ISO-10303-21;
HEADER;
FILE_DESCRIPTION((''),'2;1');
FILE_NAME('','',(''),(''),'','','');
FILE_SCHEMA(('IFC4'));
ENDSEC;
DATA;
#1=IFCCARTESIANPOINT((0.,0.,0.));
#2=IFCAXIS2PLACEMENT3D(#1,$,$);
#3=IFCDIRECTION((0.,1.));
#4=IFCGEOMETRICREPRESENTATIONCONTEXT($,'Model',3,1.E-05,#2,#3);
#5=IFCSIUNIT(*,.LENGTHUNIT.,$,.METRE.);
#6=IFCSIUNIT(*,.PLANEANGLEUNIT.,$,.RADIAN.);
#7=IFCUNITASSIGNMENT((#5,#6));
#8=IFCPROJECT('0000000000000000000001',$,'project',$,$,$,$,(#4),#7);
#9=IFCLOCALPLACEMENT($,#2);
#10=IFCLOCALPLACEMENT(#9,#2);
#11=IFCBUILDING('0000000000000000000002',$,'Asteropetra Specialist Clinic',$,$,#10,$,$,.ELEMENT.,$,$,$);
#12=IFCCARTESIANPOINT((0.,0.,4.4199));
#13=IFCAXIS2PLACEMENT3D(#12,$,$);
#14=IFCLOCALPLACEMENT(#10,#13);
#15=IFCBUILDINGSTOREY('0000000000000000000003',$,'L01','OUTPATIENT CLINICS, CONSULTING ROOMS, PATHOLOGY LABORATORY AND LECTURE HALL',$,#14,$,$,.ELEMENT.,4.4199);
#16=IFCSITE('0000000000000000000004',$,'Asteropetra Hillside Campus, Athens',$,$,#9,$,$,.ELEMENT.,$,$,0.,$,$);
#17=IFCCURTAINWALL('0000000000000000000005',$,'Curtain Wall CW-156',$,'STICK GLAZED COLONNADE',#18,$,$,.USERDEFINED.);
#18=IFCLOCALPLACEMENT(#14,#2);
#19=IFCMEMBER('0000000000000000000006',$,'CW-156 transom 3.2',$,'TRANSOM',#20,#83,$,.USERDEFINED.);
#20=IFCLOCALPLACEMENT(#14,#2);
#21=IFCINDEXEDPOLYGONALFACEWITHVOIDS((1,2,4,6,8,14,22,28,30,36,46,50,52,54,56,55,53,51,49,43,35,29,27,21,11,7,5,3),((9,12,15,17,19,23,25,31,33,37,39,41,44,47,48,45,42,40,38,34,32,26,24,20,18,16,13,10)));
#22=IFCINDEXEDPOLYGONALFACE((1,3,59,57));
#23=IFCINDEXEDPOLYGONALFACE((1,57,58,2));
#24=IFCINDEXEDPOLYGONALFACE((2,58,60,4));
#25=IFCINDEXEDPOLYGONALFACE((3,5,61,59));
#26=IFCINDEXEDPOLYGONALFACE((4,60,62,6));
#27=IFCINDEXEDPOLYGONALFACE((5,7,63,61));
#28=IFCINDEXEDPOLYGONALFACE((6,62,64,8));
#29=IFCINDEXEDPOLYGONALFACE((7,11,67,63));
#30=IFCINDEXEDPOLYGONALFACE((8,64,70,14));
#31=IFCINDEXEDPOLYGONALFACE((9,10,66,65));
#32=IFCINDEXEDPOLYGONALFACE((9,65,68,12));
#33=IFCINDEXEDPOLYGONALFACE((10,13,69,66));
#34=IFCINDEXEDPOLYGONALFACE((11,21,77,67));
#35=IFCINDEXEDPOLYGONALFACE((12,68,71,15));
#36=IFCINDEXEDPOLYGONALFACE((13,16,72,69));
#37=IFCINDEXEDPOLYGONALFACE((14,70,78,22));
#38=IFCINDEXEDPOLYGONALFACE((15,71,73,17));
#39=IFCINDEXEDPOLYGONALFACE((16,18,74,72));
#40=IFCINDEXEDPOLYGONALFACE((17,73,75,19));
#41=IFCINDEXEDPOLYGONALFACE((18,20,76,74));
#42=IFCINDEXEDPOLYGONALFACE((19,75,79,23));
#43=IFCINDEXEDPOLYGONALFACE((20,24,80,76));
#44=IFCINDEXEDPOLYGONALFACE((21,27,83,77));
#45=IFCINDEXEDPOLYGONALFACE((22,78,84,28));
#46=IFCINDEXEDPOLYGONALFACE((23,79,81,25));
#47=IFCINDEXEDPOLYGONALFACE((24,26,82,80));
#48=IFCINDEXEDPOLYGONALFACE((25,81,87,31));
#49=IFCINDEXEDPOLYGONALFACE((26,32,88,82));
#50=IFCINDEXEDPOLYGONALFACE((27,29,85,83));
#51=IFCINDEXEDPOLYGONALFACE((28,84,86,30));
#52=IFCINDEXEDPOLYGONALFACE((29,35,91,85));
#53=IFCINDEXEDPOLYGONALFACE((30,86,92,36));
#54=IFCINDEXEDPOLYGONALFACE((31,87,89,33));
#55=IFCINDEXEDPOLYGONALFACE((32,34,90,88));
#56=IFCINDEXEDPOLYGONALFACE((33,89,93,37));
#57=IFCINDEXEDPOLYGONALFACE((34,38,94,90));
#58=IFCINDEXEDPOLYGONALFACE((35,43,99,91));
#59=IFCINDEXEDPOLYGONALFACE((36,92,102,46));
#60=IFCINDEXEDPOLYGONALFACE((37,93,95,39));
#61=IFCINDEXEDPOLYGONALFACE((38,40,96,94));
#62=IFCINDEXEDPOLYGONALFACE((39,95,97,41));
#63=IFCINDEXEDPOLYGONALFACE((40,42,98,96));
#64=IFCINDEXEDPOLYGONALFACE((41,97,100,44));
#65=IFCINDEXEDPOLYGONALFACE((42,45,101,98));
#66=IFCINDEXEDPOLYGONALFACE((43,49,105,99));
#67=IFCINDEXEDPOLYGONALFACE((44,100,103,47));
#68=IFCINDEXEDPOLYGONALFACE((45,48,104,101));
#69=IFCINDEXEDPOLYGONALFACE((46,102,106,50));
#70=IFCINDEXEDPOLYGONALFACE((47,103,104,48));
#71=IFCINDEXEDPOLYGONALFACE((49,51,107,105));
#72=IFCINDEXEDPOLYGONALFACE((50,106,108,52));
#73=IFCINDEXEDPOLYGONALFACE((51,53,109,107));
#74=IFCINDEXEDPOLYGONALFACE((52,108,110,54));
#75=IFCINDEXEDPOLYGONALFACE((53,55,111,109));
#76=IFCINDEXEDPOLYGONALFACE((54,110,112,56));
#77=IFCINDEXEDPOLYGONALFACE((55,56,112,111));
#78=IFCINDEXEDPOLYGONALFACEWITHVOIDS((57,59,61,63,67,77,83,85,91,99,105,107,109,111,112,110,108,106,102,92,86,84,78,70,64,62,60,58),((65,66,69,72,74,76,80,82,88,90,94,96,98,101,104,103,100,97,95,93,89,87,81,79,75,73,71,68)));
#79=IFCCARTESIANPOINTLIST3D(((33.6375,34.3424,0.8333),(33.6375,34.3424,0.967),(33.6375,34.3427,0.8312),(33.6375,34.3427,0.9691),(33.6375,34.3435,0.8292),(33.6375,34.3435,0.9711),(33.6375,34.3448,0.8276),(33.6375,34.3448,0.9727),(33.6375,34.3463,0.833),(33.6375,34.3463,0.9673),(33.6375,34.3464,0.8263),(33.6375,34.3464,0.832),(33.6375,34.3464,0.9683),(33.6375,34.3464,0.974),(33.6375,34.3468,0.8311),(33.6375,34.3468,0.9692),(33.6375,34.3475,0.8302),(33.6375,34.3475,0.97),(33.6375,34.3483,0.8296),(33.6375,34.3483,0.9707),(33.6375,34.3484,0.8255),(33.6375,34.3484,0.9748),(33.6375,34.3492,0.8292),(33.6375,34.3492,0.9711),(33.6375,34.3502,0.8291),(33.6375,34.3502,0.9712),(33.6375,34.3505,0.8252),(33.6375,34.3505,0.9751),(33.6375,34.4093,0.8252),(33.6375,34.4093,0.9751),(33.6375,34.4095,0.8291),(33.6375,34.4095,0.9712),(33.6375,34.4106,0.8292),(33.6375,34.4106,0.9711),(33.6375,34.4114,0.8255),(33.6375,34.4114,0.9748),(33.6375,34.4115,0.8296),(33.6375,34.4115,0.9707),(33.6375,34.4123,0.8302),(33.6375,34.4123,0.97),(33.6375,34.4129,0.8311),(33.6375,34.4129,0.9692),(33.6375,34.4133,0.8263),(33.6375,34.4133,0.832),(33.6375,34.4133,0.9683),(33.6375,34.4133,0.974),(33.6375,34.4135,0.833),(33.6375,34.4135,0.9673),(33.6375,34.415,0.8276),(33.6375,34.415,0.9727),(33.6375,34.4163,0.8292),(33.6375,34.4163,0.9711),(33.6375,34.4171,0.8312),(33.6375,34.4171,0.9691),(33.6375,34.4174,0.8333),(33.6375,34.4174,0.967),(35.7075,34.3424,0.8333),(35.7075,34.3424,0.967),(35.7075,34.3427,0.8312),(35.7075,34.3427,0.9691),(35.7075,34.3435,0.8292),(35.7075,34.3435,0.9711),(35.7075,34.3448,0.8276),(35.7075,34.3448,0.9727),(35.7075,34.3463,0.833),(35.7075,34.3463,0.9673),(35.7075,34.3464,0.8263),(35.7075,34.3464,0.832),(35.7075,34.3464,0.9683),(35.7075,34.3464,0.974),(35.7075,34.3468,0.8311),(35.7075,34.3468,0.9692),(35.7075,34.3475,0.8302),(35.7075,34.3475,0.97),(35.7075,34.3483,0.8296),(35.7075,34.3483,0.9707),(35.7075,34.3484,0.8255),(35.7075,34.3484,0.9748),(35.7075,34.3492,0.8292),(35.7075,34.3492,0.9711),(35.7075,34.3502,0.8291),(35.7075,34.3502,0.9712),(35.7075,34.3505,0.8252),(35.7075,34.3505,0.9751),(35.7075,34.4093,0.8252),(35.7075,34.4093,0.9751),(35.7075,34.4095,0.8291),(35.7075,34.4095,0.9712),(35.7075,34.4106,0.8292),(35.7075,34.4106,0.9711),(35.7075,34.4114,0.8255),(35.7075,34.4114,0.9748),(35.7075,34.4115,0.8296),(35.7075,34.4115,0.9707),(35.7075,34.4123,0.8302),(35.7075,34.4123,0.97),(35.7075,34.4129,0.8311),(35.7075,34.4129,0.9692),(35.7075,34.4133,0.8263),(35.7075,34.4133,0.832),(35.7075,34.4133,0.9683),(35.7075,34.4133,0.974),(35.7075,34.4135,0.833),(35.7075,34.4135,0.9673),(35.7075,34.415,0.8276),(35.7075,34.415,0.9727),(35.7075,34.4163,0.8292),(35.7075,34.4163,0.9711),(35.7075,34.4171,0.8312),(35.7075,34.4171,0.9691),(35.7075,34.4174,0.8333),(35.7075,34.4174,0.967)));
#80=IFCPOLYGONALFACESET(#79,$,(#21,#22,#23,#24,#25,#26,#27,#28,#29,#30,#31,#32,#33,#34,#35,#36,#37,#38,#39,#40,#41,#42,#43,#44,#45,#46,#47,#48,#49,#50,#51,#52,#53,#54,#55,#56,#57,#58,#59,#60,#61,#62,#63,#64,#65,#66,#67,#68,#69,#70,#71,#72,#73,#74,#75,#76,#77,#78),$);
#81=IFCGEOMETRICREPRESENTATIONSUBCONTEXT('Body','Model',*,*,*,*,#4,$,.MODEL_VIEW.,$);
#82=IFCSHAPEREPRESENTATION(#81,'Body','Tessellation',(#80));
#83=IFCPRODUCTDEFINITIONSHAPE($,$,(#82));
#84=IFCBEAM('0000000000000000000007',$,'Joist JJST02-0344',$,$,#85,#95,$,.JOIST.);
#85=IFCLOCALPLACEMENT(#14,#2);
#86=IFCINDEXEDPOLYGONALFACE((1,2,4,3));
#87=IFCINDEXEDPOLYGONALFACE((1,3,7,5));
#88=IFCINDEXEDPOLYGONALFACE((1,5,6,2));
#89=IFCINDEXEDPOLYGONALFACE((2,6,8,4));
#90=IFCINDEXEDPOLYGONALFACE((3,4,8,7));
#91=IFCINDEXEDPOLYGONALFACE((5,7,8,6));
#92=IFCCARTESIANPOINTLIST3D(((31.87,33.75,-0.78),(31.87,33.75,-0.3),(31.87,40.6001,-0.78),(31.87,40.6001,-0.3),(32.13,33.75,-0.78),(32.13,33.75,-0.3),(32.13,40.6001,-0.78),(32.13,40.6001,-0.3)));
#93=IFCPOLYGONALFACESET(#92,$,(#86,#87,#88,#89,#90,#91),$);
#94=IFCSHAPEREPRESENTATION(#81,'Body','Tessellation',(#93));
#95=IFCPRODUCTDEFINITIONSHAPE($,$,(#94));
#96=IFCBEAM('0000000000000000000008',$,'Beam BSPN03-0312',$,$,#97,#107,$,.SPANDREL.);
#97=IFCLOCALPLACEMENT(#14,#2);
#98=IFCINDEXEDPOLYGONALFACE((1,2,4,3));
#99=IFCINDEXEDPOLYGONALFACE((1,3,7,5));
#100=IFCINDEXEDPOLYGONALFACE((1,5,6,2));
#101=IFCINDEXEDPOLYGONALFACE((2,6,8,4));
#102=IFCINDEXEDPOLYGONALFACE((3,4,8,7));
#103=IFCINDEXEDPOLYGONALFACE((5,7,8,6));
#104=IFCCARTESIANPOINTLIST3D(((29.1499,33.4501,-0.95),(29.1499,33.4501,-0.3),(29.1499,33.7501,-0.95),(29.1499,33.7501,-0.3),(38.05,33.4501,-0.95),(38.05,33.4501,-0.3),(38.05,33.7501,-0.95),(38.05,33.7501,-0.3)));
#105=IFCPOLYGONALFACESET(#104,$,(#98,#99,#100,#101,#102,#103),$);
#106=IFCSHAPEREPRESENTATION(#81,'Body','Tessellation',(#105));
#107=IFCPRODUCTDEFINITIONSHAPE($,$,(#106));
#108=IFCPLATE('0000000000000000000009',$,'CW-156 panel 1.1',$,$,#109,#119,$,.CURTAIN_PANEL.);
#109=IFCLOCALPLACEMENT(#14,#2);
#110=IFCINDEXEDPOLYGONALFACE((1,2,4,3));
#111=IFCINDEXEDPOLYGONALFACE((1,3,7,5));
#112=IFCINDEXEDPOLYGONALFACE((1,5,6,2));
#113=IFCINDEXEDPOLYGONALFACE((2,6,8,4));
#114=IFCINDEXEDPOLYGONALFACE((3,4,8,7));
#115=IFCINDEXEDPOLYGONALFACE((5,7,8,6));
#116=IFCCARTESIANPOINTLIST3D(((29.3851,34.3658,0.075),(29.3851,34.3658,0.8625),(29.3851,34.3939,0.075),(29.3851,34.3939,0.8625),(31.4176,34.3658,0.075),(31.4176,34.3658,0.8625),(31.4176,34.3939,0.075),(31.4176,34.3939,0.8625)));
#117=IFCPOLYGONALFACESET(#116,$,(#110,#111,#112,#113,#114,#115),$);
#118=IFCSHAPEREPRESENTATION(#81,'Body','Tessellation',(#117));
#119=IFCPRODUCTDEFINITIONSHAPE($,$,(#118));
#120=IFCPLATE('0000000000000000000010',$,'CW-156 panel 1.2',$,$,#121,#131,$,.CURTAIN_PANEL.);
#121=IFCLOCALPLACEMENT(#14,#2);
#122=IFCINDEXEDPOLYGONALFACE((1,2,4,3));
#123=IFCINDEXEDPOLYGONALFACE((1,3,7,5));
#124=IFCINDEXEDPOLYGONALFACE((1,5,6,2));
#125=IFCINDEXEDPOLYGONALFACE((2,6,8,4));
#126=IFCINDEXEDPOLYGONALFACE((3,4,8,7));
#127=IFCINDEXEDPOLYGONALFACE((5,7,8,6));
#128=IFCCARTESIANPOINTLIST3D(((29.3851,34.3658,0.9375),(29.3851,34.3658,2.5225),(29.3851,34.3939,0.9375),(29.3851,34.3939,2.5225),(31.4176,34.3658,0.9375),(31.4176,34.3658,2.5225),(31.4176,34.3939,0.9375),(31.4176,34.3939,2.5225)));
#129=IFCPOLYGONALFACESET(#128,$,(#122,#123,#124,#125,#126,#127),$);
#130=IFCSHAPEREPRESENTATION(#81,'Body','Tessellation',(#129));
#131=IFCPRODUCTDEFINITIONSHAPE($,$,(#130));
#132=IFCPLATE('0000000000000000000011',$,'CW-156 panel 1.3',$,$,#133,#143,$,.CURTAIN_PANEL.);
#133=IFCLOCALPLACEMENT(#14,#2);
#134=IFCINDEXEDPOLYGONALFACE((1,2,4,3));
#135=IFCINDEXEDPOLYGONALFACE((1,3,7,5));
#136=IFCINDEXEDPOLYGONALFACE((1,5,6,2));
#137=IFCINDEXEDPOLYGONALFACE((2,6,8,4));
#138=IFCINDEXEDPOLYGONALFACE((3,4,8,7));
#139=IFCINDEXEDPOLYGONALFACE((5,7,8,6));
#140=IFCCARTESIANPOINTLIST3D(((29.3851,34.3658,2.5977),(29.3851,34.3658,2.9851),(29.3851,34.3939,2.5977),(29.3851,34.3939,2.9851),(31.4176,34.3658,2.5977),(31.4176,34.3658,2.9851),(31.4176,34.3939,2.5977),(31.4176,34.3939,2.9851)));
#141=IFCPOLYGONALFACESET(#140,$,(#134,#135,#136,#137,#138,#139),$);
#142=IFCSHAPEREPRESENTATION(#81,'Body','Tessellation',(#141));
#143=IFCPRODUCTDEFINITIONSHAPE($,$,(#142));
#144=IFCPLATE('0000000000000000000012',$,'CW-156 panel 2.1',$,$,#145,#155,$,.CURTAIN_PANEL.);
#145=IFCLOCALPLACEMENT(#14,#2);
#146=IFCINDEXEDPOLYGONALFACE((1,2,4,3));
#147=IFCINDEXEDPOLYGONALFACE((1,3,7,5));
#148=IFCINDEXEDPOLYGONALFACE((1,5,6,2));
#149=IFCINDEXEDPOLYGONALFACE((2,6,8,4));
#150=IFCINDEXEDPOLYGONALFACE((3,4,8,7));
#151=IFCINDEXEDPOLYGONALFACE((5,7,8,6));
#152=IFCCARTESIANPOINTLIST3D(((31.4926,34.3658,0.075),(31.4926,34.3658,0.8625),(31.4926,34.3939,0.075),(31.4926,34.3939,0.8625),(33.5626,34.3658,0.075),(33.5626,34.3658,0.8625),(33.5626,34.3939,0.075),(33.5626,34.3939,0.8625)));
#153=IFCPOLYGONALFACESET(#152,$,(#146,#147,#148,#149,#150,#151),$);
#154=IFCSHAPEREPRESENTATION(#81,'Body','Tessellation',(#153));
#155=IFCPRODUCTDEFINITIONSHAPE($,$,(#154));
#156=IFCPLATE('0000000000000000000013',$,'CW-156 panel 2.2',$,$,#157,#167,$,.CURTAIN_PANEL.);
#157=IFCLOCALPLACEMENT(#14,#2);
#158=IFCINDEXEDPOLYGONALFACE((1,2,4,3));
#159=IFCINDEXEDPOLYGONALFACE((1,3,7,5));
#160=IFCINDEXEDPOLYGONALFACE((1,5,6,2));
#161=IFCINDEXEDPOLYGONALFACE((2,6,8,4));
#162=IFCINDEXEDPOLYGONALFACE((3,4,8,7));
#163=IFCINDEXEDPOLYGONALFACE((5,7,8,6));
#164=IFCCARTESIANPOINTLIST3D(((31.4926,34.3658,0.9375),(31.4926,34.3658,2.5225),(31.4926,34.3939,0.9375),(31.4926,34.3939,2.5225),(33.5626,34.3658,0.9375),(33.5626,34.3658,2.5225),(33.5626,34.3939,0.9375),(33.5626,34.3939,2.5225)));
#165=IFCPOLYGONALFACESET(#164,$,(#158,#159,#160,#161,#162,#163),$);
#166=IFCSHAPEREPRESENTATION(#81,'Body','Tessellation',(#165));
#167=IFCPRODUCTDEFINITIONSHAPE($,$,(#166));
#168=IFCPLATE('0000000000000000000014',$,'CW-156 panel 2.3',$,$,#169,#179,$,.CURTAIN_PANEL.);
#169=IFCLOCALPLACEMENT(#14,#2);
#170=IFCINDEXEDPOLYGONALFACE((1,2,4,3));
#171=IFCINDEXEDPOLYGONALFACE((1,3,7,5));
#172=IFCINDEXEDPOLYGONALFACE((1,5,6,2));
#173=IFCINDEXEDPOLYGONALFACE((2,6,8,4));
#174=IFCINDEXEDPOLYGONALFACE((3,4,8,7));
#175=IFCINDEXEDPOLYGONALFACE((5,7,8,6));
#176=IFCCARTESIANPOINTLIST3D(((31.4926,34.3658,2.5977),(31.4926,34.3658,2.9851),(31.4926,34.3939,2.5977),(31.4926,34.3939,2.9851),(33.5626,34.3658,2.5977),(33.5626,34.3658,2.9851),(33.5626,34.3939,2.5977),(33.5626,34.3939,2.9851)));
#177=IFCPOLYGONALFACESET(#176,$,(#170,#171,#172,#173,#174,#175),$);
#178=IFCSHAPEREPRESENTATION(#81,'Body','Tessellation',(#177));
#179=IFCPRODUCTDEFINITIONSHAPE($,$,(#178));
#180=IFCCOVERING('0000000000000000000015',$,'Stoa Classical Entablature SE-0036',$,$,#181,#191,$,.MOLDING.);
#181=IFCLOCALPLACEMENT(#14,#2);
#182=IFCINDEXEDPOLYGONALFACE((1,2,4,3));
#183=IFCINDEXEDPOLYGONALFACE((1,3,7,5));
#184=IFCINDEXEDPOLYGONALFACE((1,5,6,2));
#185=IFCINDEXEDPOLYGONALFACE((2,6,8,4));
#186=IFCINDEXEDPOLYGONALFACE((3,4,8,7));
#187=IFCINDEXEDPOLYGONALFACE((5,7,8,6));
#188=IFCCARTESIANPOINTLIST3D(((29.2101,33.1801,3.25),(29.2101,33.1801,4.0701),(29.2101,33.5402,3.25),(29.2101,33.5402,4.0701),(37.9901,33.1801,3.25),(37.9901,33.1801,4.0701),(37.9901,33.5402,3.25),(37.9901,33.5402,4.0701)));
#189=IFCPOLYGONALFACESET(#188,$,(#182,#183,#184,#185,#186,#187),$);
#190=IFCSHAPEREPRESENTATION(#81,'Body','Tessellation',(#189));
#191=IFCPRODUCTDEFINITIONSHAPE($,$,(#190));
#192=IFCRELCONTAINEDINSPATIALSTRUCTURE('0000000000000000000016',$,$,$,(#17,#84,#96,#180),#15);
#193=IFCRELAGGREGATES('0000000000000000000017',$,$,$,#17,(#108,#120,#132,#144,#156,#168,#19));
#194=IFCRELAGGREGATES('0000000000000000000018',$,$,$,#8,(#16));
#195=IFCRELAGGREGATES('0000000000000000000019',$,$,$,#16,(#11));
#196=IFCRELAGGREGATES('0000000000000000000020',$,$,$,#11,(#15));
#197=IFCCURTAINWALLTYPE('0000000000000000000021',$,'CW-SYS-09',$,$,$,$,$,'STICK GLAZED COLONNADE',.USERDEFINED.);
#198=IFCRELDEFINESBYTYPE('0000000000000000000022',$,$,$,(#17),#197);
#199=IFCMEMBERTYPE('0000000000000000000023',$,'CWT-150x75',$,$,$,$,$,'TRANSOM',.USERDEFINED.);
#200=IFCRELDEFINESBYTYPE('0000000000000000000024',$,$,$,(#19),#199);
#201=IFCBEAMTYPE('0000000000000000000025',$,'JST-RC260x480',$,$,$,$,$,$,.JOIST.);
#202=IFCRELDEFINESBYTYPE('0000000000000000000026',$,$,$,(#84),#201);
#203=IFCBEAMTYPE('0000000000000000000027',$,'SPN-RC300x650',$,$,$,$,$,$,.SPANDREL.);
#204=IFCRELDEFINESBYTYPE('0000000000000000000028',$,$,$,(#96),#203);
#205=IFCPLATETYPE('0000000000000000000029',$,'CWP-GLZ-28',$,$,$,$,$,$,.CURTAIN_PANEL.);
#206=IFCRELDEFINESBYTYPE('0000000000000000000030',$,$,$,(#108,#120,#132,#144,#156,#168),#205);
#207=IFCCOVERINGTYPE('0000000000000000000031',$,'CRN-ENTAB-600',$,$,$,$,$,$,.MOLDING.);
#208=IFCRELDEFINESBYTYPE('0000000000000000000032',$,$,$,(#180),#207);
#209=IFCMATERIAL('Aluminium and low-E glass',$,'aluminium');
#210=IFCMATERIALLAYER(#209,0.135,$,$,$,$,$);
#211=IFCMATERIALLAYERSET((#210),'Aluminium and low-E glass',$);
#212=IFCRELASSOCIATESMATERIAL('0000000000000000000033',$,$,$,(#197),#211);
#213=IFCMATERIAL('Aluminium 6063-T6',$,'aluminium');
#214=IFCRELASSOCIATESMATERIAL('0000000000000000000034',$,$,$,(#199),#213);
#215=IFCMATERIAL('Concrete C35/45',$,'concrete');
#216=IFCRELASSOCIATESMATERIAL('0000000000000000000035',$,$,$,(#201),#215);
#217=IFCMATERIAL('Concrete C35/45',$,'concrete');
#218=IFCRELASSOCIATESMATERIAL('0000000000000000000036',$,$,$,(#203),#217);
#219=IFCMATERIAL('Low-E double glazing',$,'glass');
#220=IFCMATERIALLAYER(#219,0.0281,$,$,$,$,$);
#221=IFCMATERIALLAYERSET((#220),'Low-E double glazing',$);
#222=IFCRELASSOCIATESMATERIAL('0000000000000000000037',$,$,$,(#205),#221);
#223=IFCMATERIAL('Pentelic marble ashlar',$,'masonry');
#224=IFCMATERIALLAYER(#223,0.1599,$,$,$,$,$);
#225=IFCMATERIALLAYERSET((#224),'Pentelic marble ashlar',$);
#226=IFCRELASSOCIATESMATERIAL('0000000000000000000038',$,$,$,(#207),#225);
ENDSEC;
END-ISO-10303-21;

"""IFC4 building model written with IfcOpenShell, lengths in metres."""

from ifc_helpers import new_model, si_unit, direction, frame, origin, origin_2d, place, context, subcontext, project, spatial, rectangle, hollow_rectangle, extrude, material, layer, layer_set, material_profile, profile_set, type_object, element, aggregate, save


model = new_model("IFC4")

# Units and contexts
model_context = context("Model", 3, precision=1e-05, world=origin(), true_north=direction((0.0, 1.0)))
body_context = subcontext(model_context, "Body", "Model", "MODEL_VIEW")
ifc_project = project(units=[si_unit("LENGTHUNIT", "METRE"), si_unit("PLANEANGLEUNIT", "RADIAN")], contexts=[model_context])

# Site, building, storey
site_placement = place(None, origin())
site = spatial("IfcSite", under=ifc_project, at=site_placement, Name="Asteropetra Hillside Campus, Athens", CompositionType="ELEMENT", RefElevation=0.0)
building_placement = place(site_placement, origin())
building = spatial("IfcBuilding", under=site, at=building_placement, Name="Asteropetra Specialist Clinic", CompositionType="ELEMENT")
storey_placement = place(building_placement, frame((0.0, 0.0, 4.4199)))
storey = spatial("IfcBuildingStorey", under=building, at=storey_placement, Name="L01", Description="OUTPATIENT CLINICS, CONSULTING ROOMS, PATHOLOGY LABORATORY AND LECTURE HALL", CompositionType="ELEMENT", Elevation=4.4199)

# Curtain wall, member
ifc_material_1 = material(Name="Aluminium and low-E glass", Category="aluminium")
ifc_layer_1 = layer(ifc_material_1, 0.135)
ifc_layer_set_1 = layer_set([ifc_layer_1], Name="Aluminium and low-E glass")
curtain_wall_type = type_object("IfcCurtainWallType", Name="CW-SYS-09", ElementType="STICK GLAZED COLONNADE", PredefinedType="USERDEFINED", material=ifc_layer_set_1)
curtain_wall_placement = place(storey_placement, origin())
curtain_wall = element("IfcCurtainWall", 1, at=curtain_wall_placement, inside=storey, type_object=curtain_wall_type, Name="Curtain Wall CW-156", ObjectType="STICK GLAZED COLONNADE", PredefinedType="USERDEFINED")
ifc_material_2 = material(Name="Aluminium 6063-T6", Category="aluminium")
ifc_material_profile_1 = material_profile(ifc_material_2, hollow_rectangle(XDim=0.075, YDim=0.1499, WallThickness=0.0039, InnerFilletRadius=0.0039, OuterFilletRadius=0.0081, at=origin_2d()), Name="TRN 150x75x4.0")
ifc_profile_set_1 = profile_set([ifc_material_profile_1], Name="Aluminium 6063-T6")
member_type_1 = type_object("IfcMemberType", Name="CWT-150x75", ElementType="TRANSOM", PredefinedType="USERDEFINED", material=ifc_profile_set_1)
member_1_placement = place(storey_placement, frame((33.6375, 34.3799, 0.9001), z_axis=(1.0, 0.0, 0.0), x_axis=(0.0, 1.0, 0.0)))
member_1 = element("IfcMember", 2, at=member_1_placement, type_object=member_type_1, Name="CW-156 transom 3.2", ObjectType="TRANSOM", PredefinedType="USERDEFINED", context=body_context, shape_type="SweptSolid", body=[
    extrude(hollow_rectangle(XDim=0.075, YDim=0.1499, WallThickness=0.0039, InnerFilletRadius=0.0039, OuterFilletRadius=0.0081, at=origin_2d()), origin(), (0.0, 0.0, 1.0), 2.0701),
])

# Beams
ifc_material_3 = material(Name="Concrete C35/45", Category="concrete")
ifc_material_profile_2 = material_profile(ifc_material_3, rectangle(XDim=0.26, YDim=0.48, at=origin_2d()), Name="RCJ 260x480")
ifc_profile_set_2 = profile_set([ifc_material_profile_2], Name="Concrete C35/45")
beam_type_1 = type_object("IfcBeamType", Name="JST-RC260x480", PredefinedType="JOIST", material=ifc_profile_set_2)
beam_1_placement = place(storey_placement, frame((32.0, 33.75, -0.54), z_axis=(0.0, 1.0, 0.0), x_axis=(-1.0, 0.0, 0.0)))
element("IfcBeam", 3, at=beam_1_placement, inside=storey, type_object=beam_type_1, Name="Joist JJST02-0344", PredefinedType="JOIST", context=body_context, shape_type="SweptSolid", body=[
    extrude(rectangle(XDim=0.26, YDim=0.48, at=origin_2d()), origin(), (0.0, 0.0, 1.0), 6.8501),
])
ifc_material_4 = material(Name="Concrete C35/45", Category="concrete")
ifc_material_profile_3 = material_profile(ifc_material_4, rectangle(XDim=0.3, YDim=0.6499, at=origin_2d()), Name="RCS 300x650")
ifc_profile_set_3 = profile_set([ifc_material_profile_3], Name="Concrete C35/45")
beam_type_2 = type_object("IfcBeamType", Name="SPN-RC300x650", PredefinedType="SPANDREL", material=ifc_profile_set_3)
beam_2_placement = place(storey_placement, frame((29.1499, 33.6001, -0.625), z_axis=(1.0, 0.0, 0.0), x_axis=(0.0, 1.0, 0.0)))
element("IfcBeam", 4, at=beam_2_placement, inside=storey, type_object=beam_type_2, Name="Beam BSPN03-0312", PredefinedType="SPANDREL", context=body_context, shape_type="SweptSolid", body=[
    extrude(rectangle(XDim=0.3, YDim=0.6499, at=origin_2d()), origin(), (0.0, 0.0, 1.0), 8.9001),
])

# Plates
ifc_material_5 = material(Name="Low-E double glazing", Category="glass")
ifc_layer_2 = layer(ifc_material_5, 0.0281)
ifc_layer_set_2 = layer_set([ifc_layer_2], Name="Low-E double glazing")
plate_type = type_object("IfcPlateType", Name="CWP-GLZ-28", PredefinedType="CURTAIN_PANEL", material=ifc_layer_set_2)
plate_1_placement = place(storey_placement, frame((30.4014, 34.3799, 0.075), z_axis=(0.0, 0.0, 1.0), x_axis=(1.0, 0.0, 0.0)))
plate_1 = element("IfcPlate", 5, at=plate_1_placement, type_object=plate_type, Name="CW-156 panel 1.1", PredefinedType="CURTAIN_PANEL", context=body_context, shape_type="SweptSolid", body=[
    extrude(rectangle(XDim=2.0325, YDim=0.0281, at=origin_2d()), origin(), (0.0, 0.0, 1.0), 0.7876),
])
plate_2_placement = place(storey_placement, frame((30.4014, 34.3799, 0.9375), z_axis=(0.0, 0.0, 1.0), x_axis=(1.0, 0.0, 0.0)))
plate_2 = element("IfcPlate", 6, at=plate_2_placement, type_object=plate_type, Name="CW-156 panel 1.2", PredefinedType="CURTAIN_PANEL", context=body_context, shape_type="SweptSolid", body=[
    extrude(rectangle(XDim=2.0325, YDim=0.0281, at=origin_2d()), origin(), (0.0, 0.0, 1.0), 1.585),
])
plate_3_placement = place(storey_placement, frame((30.4014, 34.3799, 2.5977), z_axis=(0.0, 0.0, 1.0), x_axis=(1.0, 0.0, 0.0)))
plate_3 = element("IfcPlate", 7, at=plate_3_placement, type_object=plate_type, Name="CW-156 panel 1.3", PredefinedType="CURTAIN_PANEL", context=body_context, shape_type="SweptSolid", body=[
    extrude(rectangle(XDim=2.0325, YDim=0.0281, at=origin_2d()), origin(), (0.0, 0.0, 1.0), 0.3875),
])
plate_4_placement = place(storey_placement, frame((32.5276, 34.3799, 0.075), z_axis=(0.0, 0.0, 1.0), x_axis=(1.0, 0.0, 0.0)))
plate_4 = element("IfcPlate", 8, at=plate_4_placement, type_object=plate_type, Name="CW-156 panel 2.1", PredefinedType="CURTAIN_PANEL", context=body_context, shape_type="SweptSolid", body=[
    extrude(rectangle(XDim=2.0701, YDim=0.0281, at=origin_2d()), origin(), (0.0, 0.0, 1.0), 0.7876),
])
plate_5_placement = place(storey_placement, frame((32.5276, 34.3799, 0.9375), z_axis=(0.0, 0.0, 1.0), x_axis=(1.0, 0.0, 0.0)))
plate_5 = element("IfcPlate", 9, at=plate_5_placement, type_object=plate_type, Name="CW-156 panel 2.2", PredefinedType="CURTAIN_PANEL", context=body_context, shape_type="SweptSolid", body=[
    extrude(rectangle(XDim=2.0701, YDim=0.0281, at=origin_2d()), origin(), (0.0, 0.0, 1.0), 1.585),
])
plate_6_placement = place(storey_placement, frame((32.5276, 34.3799, 2.5977), z_axis=(0.0, 0.0, 1.0), x_axis=(1.0, 0.0, 0.0)))
plate_6 = element("IfcPlate", 10, at=plate_6_placement, type_object=plate_type, Name="CW-156 panel 2.3", PredefinedType="CURTAIN_PANEL", context=body_context, shape_type="SweptSolid", body=[
    extrude(rectangle(XDim=2.0701, YDim=0.0281, at=origin_2d()), origin(), (0.0, 0.0, 1.0), 0.3875),
])
aggregate(curtain_wall, [plate_1, plate_2, plate_3, plate_4, plate_5, plate_6, member_1])

# Covering
ifc_material_6 = material(Name="Pentelic marble ashlar", Category="masonry")
ifc_layer_3 = layer(ifc_material_6, 0.1599)
ifc_layer_set_3 = layer_set([ifc_layer_3], Name="Pentelic marble ashlar")
covering_type = type_object("IfcCoveringType", Name="CRN-ENTAB-600", PredefinedType="MOLDING", material=ifc_layer_set_3)
covering_placement = place(storey_placement, frame((33.6001, 33.3601, 3.25), z_axis=(0.0, 0.0, 1.0), x_axis=(1.0, 0.0, 0.0)))
element("IfcCovering", 11, at=covering_placement, inside=storey, type_object=covering_type, Name="Stoa Classical Entablature SE-0036", PredefinedType="MOLDING", context=body_context, shape_type="SweptSolid", body=[
    extrude(rectangle(XDim=8.78, YDim=0.3601, at=origin_2d()), origin(), (0.0, 0.0, 1.0), 0.8201),
])

save(model, "model.ifc")
